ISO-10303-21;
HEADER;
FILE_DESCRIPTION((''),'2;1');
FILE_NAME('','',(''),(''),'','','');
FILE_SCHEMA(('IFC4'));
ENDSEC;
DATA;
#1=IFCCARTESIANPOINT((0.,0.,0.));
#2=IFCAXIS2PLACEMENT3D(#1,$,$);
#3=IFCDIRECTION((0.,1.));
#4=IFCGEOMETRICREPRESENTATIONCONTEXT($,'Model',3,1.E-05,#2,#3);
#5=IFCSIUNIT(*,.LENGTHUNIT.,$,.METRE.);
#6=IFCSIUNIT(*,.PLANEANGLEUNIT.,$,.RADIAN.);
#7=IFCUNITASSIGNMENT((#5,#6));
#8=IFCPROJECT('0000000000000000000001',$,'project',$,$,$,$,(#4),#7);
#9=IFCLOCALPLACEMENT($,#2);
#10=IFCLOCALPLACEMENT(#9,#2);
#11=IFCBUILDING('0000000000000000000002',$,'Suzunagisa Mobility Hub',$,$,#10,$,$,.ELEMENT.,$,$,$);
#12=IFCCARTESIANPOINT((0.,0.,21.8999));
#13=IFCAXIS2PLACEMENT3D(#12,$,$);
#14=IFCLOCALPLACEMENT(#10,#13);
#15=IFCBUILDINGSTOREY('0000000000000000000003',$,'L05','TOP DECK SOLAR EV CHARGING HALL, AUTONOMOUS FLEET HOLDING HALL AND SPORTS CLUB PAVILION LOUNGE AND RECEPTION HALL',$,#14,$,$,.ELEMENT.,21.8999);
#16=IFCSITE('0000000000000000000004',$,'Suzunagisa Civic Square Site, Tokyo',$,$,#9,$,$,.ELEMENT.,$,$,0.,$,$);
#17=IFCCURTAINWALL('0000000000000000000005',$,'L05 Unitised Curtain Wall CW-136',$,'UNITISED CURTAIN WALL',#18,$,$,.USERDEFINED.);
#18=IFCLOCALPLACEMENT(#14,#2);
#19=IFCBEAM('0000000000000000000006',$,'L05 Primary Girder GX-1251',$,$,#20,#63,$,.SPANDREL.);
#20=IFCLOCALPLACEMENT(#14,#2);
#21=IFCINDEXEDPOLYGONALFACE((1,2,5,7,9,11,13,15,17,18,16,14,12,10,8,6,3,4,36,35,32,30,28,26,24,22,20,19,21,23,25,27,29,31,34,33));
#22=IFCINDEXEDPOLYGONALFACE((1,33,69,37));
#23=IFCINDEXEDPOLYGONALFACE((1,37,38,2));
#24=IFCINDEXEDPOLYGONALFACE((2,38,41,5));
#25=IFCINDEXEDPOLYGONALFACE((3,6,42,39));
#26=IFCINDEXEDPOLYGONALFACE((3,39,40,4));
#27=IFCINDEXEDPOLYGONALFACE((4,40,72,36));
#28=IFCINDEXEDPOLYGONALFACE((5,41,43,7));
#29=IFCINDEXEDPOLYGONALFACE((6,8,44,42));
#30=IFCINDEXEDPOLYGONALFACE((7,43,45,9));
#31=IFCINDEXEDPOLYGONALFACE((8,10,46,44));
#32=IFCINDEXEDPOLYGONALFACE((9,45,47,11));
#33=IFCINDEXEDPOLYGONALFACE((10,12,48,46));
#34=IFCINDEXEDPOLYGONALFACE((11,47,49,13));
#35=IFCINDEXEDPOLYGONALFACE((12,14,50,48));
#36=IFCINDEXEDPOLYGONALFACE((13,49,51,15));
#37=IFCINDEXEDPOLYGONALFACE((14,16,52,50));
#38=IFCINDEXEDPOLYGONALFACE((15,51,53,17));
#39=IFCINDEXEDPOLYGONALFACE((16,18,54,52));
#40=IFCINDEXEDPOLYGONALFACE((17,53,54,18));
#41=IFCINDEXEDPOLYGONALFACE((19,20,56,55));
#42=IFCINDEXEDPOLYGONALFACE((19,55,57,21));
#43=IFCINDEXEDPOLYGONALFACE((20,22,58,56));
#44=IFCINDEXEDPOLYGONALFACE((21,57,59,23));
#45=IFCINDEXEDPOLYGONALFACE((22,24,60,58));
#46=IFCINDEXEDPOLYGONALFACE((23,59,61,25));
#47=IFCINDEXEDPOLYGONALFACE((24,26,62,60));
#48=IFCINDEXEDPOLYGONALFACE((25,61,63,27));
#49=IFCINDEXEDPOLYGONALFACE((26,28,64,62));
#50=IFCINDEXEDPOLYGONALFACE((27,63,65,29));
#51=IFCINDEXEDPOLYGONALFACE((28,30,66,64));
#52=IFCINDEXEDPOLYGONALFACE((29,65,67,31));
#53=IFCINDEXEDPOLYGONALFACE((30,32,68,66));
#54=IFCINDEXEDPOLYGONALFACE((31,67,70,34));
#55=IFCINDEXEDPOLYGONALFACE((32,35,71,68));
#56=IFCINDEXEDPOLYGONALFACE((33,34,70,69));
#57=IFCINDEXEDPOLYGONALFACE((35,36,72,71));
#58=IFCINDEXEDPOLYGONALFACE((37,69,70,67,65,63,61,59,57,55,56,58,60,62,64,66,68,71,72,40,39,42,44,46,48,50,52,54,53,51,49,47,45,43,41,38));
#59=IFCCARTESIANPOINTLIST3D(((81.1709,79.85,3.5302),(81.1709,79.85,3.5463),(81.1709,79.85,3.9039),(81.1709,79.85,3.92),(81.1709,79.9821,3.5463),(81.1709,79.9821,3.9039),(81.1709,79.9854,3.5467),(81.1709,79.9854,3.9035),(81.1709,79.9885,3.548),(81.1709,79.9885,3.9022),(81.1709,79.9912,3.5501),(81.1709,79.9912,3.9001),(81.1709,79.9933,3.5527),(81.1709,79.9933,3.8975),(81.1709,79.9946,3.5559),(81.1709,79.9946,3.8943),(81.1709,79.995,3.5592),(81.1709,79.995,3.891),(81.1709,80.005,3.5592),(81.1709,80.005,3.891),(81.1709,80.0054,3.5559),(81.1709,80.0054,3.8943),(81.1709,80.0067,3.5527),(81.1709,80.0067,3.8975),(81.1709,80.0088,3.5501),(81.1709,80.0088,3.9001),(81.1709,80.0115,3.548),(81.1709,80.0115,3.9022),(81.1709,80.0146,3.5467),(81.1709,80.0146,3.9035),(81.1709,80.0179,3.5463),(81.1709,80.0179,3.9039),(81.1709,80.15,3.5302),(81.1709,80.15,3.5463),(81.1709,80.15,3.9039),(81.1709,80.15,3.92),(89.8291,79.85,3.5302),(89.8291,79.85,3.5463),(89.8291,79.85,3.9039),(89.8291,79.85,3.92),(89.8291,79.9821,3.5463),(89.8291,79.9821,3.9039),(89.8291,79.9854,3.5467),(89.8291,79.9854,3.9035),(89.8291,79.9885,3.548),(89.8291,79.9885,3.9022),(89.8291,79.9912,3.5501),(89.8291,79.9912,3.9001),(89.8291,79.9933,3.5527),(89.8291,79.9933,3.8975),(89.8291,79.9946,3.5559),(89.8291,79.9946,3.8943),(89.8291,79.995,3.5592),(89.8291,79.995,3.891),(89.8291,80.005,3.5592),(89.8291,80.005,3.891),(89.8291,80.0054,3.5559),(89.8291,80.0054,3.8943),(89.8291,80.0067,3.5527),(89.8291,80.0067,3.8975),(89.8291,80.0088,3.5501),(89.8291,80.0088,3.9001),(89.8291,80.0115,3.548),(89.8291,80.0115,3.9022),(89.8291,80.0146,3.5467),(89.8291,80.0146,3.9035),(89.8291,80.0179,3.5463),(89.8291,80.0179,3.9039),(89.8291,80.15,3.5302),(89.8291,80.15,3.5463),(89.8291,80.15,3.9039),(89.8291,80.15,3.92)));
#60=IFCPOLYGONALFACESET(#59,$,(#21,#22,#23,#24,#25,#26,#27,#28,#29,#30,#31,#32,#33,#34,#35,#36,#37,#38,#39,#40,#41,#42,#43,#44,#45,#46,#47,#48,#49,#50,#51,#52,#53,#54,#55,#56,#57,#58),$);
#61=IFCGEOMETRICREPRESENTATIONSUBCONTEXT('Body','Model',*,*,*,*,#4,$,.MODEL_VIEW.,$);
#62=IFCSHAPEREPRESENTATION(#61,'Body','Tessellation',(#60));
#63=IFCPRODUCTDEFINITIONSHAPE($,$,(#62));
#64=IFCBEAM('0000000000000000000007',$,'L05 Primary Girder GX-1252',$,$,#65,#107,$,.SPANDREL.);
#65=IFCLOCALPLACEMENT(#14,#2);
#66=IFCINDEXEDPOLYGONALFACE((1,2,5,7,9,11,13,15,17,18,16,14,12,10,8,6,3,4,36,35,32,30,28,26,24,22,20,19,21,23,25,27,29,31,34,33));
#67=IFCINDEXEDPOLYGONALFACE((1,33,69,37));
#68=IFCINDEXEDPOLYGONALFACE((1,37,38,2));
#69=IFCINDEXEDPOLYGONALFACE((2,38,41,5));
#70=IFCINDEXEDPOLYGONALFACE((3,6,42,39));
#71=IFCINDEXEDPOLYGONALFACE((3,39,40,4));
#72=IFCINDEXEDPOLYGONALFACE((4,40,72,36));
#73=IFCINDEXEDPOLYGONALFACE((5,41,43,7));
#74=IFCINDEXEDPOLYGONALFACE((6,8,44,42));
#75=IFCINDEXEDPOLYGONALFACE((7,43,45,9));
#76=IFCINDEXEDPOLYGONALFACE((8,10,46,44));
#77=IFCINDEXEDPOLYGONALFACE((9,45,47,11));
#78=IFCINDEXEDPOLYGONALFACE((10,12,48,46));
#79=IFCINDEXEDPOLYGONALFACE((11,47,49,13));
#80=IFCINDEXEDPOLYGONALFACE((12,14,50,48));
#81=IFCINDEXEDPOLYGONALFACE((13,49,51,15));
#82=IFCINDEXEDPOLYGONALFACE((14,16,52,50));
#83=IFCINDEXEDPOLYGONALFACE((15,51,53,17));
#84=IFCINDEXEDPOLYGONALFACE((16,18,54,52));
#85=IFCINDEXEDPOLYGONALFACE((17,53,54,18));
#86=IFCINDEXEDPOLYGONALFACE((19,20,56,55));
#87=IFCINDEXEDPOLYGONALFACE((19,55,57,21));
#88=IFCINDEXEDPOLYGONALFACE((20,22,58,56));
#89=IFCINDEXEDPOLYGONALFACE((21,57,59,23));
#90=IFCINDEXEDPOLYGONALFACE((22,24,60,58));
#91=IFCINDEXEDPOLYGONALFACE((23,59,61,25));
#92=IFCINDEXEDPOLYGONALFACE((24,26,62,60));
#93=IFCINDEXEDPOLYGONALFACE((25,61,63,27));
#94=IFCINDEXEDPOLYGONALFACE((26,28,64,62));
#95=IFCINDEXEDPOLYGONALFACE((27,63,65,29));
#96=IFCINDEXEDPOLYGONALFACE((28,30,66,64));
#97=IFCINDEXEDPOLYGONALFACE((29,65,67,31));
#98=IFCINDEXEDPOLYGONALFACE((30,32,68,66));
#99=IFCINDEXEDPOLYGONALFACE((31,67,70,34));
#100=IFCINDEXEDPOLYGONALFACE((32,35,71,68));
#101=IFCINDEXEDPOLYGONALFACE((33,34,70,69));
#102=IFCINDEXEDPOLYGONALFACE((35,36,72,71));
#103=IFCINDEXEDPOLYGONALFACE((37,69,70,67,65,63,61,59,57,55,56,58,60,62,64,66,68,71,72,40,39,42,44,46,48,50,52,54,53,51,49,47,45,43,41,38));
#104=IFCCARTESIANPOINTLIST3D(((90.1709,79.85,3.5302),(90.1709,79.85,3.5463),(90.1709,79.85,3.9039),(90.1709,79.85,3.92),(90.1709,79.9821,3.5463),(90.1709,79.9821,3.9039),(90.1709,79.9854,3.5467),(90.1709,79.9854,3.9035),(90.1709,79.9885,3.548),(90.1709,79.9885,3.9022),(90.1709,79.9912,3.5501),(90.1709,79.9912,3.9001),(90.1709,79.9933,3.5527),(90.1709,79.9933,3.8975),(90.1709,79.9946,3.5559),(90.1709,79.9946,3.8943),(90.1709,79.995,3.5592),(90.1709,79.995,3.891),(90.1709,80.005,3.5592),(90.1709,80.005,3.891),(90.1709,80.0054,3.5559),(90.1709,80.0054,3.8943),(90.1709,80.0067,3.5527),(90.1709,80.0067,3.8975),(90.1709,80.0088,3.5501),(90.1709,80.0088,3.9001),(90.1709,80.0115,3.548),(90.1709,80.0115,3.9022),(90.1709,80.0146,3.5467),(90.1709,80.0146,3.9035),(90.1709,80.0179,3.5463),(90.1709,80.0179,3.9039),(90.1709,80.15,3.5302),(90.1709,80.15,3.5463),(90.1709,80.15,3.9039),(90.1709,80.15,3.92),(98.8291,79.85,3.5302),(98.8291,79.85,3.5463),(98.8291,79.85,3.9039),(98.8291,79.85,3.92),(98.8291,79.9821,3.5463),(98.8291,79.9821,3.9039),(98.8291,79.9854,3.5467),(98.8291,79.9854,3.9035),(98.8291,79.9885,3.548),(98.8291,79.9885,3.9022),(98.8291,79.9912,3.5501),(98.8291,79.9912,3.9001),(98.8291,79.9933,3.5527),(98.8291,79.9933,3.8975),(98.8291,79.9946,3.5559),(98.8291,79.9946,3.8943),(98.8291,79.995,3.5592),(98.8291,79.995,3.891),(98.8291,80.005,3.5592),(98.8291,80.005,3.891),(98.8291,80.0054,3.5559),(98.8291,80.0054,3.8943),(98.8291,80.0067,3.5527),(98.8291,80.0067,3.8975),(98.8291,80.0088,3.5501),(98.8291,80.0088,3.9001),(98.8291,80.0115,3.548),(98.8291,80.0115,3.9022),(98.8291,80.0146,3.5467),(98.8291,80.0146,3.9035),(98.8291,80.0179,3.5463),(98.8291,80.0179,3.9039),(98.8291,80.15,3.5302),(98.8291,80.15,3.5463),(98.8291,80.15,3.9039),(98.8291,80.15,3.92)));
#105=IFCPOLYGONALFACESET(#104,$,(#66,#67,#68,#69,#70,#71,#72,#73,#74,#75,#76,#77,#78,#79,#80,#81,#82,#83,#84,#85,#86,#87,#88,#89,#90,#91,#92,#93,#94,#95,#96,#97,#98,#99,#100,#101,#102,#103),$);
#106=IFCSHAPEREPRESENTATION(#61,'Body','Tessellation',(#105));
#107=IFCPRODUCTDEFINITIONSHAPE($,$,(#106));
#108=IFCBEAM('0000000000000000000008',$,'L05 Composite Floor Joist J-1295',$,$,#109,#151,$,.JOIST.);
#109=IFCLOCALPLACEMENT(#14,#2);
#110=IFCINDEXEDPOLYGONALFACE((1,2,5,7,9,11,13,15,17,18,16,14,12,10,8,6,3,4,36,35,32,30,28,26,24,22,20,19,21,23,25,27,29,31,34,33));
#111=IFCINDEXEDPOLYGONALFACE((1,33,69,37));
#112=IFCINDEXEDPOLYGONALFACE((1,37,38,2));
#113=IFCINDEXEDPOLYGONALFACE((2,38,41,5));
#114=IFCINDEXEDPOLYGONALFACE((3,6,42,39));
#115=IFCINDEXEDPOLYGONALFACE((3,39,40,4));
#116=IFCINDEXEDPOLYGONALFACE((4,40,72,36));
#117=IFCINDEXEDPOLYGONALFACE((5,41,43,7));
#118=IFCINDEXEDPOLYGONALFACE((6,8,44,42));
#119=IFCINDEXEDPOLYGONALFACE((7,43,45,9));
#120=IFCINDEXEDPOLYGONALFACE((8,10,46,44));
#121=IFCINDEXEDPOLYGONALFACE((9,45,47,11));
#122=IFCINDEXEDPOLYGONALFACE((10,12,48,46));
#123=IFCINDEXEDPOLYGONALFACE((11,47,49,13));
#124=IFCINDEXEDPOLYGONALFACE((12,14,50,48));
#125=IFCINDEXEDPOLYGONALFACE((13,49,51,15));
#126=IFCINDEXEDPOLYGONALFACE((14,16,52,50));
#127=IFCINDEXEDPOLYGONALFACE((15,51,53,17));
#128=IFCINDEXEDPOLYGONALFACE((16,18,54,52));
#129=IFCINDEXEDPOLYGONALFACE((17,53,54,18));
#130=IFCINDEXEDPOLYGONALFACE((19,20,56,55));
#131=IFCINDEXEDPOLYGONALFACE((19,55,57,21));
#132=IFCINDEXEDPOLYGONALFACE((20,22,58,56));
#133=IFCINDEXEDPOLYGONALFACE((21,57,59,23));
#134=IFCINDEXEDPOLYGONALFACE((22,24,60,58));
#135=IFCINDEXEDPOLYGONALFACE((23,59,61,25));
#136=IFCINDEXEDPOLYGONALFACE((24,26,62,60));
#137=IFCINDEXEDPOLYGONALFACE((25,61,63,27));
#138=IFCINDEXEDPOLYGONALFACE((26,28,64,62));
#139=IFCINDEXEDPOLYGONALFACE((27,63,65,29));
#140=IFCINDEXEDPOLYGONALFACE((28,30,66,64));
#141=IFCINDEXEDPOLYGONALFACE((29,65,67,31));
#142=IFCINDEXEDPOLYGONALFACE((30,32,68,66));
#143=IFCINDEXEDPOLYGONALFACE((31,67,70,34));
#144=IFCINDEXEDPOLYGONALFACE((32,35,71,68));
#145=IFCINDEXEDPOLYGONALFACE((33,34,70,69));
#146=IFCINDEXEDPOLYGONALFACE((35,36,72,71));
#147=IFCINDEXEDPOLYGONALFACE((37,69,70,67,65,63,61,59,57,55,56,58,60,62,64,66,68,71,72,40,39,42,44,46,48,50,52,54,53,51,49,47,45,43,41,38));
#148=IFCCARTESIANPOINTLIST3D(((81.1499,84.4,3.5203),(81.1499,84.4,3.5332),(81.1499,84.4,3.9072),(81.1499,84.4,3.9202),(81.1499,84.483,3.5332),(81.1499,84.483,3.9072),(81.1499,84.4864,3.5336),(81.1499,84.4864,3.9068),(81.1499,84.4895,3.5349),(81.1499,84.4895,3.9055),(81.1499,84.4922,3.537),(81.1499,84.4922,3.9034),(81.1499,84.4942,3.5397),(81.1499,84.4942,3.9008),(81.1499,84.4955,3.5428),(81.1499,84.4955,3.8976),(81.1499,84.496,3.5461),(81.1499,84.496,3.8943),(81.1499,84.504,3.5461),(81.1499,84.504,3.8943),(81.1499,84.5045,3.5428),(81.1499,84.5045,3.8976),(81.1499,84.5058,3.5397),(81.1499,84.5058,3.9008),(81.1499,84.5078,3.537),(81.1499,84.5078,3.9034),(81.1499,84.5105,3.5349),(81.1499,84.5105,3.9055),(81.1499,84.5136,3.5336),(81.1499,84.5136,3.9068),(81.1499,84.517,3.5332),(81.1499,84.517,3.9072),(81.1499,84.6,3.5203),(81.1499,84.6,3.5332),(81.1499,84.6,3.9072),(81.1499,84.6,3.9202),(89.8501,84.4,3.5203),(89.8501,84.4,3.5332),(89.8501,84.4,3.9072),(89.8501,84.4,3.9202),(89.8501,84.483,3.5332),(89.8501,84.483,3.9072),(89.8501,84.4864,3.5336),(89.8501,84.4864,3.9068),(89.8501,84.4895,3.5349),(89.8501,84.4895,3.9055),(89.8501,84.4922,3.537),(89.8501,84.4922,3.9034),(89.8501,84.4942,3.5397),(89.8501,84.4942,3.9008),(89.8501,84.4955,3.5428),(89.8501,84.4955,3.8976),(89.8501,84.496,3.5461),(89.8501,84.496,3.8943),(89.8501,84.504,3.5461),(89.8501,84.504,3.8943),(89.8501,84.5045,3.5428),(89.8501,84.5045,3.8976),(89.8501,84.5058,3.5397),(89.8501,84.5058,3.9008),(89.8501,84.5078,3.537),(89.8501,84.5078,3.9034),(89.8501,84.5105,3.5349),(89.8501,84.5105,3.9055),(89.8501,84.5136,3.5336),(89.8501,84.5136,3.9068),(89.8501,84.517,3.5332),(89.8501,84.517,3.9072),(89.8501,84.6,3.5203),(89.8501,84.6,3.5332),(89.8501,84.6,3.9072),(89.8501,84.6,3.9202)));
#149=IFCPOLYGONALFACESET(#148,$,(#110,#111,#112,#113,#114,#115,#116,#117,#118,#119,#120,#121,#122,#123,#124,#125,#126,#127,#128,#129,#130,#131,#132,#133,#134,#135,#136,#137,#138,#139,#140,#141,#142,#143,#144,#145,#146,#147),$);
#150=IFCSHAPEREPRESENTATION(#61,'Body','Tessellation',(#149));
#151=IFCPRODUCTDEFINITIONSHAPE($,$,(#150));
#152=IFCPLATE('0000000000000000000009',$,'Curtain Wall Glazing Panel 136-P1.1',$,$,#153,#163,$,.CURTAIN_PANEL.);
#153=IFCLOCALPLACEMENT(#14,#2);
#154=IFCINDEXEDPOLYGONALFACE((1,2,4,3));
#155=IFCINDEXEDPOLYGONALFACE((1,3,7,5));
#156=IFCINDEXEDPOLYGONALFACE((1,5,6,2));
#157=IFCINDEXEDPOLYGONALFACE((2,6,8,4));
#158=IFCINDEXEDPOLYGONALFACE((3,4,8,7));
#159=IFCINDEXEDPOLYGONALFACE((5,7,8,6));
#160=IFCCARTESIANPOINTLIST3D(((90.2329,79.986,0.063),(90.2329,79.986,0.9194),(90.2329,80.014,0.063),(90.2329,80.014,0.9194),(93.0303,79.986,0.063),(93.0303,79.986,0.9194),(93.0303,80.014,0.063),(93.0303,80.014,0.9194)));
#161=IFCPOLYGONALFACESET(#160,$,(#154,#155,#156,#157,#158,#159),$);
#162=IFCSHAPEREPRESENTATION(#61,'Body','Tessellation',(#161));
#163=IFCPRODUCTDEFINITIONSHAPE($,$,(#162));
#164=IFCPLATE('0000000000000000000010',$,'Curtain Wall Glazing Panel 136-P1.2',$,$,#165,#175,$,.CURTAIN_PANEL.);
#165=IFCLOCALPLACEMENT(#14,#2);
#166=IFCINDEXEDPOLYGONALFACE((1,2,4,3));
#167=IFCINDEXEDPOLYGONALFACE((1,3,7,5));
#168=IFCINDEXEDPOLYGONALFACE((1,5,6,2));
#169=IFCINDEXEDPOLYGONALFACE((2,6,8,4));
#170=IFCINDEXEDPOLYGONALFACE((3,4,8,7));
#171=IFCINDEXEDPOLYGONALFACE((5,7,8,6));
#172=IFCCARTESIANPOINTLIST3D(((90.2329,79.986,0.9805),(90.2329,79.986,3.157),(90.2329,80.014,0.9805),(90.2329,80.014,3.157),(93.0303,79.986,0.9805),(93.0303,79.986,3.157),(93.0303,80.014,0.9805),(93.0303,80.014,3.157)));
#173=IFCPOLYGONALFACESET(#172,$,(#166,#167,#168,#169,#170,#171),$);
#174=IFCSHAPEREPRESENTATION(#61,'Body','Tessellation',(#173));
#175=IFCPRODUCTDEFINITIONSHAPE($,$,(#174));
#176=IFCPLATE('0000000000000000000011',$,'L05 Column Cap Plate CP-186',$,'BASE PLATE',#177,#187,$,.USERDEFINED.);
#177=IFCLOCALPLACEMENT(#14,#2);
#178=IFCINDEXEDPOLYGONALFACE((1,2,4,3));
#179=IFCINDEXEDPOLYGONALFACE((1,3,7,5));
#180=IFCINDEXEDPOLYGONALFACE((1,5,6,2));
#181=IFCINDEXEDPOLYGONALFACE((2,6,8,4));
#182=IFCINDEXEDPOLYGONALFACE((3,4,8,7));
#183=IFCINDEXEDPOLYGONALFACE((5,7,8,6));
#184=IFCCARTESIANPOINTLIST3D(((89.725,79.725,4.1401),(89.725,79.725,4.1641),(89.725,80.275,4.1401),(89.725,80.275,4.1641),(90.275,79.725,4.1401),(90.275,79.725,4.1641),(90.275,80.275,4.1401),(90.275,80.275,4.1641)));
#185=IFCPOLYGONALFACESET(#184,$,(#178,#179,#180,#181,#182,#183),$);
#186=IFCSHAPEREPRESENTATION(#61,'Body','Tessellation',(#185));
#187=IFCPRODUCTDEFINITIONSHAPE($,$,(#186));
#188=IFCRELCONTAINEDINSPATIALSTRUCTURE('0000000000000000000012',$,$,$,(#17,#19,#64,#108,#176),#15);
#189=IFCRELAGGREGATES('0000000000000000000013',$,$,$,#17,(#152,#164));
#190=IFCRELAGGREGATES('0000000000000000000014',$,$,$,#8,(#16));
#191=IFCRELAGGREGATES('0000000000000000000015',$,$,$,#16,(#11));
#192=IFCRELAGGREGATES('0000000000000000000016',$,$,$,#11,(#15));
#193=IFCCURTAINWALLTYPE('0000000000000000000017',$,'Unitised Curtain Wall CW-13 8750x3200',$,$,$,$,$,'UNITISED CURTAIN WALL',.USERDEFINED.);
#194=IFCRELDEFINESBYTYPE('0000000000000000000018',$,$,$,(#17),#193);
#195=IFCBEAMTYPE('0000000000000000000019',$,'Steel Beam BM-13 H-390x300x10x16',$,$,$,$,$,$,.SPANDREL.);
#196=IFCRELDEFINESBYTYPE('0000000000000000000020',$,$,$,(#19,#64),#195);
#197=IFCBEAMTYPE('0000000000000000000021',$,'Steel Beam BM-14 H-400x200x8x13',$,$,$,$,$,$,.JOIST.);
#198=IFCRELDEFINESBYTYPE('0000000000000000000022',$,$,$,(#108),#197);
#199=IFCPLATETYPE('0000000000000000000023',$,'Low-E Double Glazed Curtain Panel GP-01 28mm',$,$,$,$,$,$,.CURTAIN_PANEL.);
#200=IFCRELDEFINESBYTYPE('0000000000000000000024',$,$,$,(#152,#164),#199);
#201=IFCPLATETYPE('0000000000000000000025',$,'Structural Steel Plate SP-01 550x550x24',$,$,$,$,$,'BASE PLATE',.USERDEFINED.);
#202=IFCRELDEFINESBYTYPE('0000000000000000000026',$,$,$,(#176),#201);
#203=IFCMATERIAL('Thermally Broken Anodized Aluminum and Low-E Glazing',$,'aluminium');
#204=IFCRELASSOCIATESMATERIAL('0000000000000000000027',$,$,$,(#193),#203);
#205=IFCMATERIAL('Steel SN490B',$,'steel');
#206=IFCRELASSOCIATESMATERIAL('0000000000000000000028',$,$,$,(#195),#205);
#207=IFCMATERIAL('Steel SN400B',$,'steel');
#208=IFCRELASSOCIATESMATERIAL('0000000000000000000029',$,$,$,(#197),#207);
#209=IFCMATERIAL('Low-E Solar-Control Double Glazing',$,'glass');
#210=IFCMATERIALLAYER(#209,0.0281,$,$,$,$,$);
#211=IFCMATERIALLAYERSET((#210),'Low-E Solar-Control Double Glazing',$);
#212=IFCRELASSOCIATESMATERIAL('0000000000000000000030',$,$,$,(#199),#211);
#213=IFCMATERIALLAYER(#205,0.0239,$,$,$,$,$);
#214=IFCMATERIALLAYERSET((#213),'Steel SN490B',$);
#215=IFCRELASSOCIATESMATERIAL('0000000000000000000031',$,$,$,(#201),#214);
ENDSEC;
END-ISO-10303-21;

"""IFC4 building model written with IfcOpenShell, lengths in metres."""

from ifc_helpers import new_model, si_unit, direction, frame, origin, origin_2d, place, context, subcontext, project, spatial, rectangle, i_section, extrude, material, layer, layer_set, material_profile, profile_set, type_object, element, aggregate, save


model = new_model("IFC4")

# Units and contexts
model_context = context("Model", 3, precision=1e-05, world=origin(), true_north=direction((0.0, 1.0)))
body_context = subcontext(model_context, "Body", "Model", "MODEL_VIEW")
ifc_project = project(units=[si_unit("LENGTHUNIT", "METRE"), si_unit("PLANEANGLEUNIT", "RADIAN")], contexts=[model_context])

# Site, building, storey
site_placement = place(None, origin())
site = spatial("IfcSite", under=ifc_project, at=site_placement, Name="Suzunagisa Civic Square Site, Tokyo", CompositionType="ELEMENT", RefElevation=0.0)
building_placement = place(site_placement, origin())
building = spatial("IfcBuilding", under=site, at=building_placement, Name="Suzunagisa Mobility Hub", CompositionType="ELEMENT")
storey_placement = place(building_placement, frame((0.0, 0.0, 21.8999)))
storey = spatial("IfcBuildingStorey", under=building, at=storey_placement, Name="L05", Description="TOP DECK SOLAR EV CHARGING HALL, AUTONOMOUS FLEET HOLDING HALL AND SPORTS CLUB PAVILION LOUNGE AND RECEPTION HALL", CompositionType="ELEMENT", Elevation=21.8999)

# Shared definitions
ifc_material_1 = material(Name="Steel SN490B", Category="steel")

# Curtain wall
ifc_material_2 = material(Name="Thermally Broken Anodized Aluminum and Low-E Glazing", Category="aluminium")
curtain_wall_type = type_object("IfcCurtainWallType", Name="Unitised Curtain Wall CW-13 8750x3200", ElementType="UNITISED CURTAIN WALL", PredefinedType="USERDEFINED", material=ifc_material_2)
curtain_wall_placement = place(storey_placement, origin())
curtain_wall = element("IfcCurtainWall", 1, at=curtain_wall_placement, inside=storey, type_object=curtain_wall_type, Name="L05 Unitised Curtain Wall CW-136", ObjectType="UNITISED CURTAIN WALL", PredefinedType="USERDEFINED")

# Beams
ifc_material_profile_1 = material_profile(ifc_material_1, i_section(OverallWidth=0.3, OverallDepth=0.3899, WebThickness=0.01, FlangeThickness=0.0161, FilletRadius=0.0129, at=origin_2d()), Name="H-390x300x10x16")
ifc_profile_set_1 = profile_set([ifc_material_profile_1], Name="Steel SN490B")
beam_type_1 = type_object("IfcBeamType", Name="Steel Beam BM-13 H-390x300x10x16", PredefinedType="SPANDREL", material=ifc_profile_set_1)
for number, where, z_axis, x_axis, name in (
    (2, (81.1709, 80.0, 3.7251), (1.0, 0.0, 0.0), (0.0, 1.0, 0.0), "L05 Primary Girder GX-1251"),
    (3, (90.1709, 80.0, 3.7251), (1.0, 0.0, 0.0), (0.0, 1.0, 0.0), "L05 Primary Girder GX-1252"),
):
    element("IfcBeam", number, at=place(storey_placement, frame(where, z_axis=z_axis, x_axis=x_axis)), inside=storey, type_object=beam_type_1, Name=name, PredefinedType="SPANDREL", context=body_context, shape_type="SweptSolid", body=[
        extrude(i_section(OverallWidth=0.3, OverallDepth=0.3899, WebThickness=0.01, FlangeThickness=0.0161, FilletRadius=0.0129, at=origin_2d()), origin(), (0.0, 0.0, 1.0), 8.6582),
    ])
ifc_material_3 = material(Name="Steel SN400B", Category="steel")
ifc_material_profile_2 = material_profile(ifc_material_3, i_section(OverallWidth=0.2, OverallDepth=0.3999, WebThickness=0.0081, FlangeThickness=0.0129, FilletRadius=0.0129, at=origin_2d()), Name="H-400x200x8x13")
ifc_profile_set_2 = profile_set([ifc_material_profile_2], Name="Steel SN400B")
beam_type_2 = type_object("IfcBeamType", Name="Steel Beam BM-14 H-400x200x8x13", PredefinedType="JOIST", material=ifc_profile_set_2)
beam_1_placement = place(storey_placement, frame((81.1499, 84.5, 3.7202), z_axis=(1.0, 0.0, 0.0), x_axis=(0.0, 1.0, 0.0)))
element("IfcBeam", 4, at=beam_1_placement, inside=storey, type_object=beam_type_2, Name="L05 Composite Floor Joist J-1295", PredefinedType="JOIST", context=body_context, shape_type="SweptSolid", body=[
    extrude(i_section(OverallWidth=0.2, OverallDepth=0.3999, WebThickness=0.0081, FlangeThickness=0.0129, FilletRadius=0.0129, at=origin_2d()), origin(), (0.0, 0.0, 1.0), 8.7002),
])

# Plates
ifc_material_4 = material(Name="Low-E Solar-Control Double Glazing", Category="glass")
ifc_layer_1 = layer(ifc_material_4, 0.0281)
ifc_layer_set_1 = layer_set([ifc_layer_1], Name="Low-E Solar-Control Double Glazing")
plate_type_1 = type_object("IfcPlateType", Name="Low-E Double Glazed Curtain Panel GP-01 28mm", PredefinedType="CURTAIN_PANEL", material=ifc_layer_set_1)
plate_1_placement = place(storey_placement, frame((91.6316, 80.0, 0.063), z_axis=(0.0, 0.0, 1.0), x_axis=(1.0, 0.0, 0.0)))
plate_1 = element("IfcPlate", 5, at=plate_1_placement, type_object=plate_type_1, Name="Curtain Wall Glazing Panel 136-P1.1", PredefinedType="CURTAIN_PANEL", context=body_context, shape_type="SweptSolid", body=[
    extrude(rectangle(XDim=2.7974, YDim=0.0281, at=origin_2d()), origin(), (0.0, 0.0, 1.0), 0.8564),
])
plate_2_placement = place(storey_placement, frame((91.6316, 80.0, 0.9805), z_axis=(0.0, 0.0, 1.0), x_axis=(1.0, 0.0, 0.0)))
plate_2 = element("IfcPlate", 6, at=plate_2_placement, type_object=plate_type_1, Name="Curtain Wall Glazing Panel 136-P1.2", PredefinedType="CURTAIN_PANEL", context=body_context, shape_type="SweptSolid", body=[
    extrude(rectangle(XDim=2.7974, YDim=0.0281, at=origin_2d()), origin(), (0.0, 0.0, 1.0), 2.1765),
])
aggregate(curtain_wall, [plate_1, plate_2])
ifc_layer_2 = layer(ifc_material_1, 0.0239)
ifc_layer_set_2 = layer_set([ifc_layer_2], Name="Steel SN490B")
plate_type_2 = type_object("IfcPlateType", Name="Structural Steel Plate SP-01 550x550x24", ElementType="BASE PLATE", PredefinedType="USERDEFINED", material=ifc_layer_set_2)
plate_3_placement = place(storey_placement, frame((90.0, 80.0, 4.1401), z_axis=(0.0, 0.0, 1.0), x_axis=(1.0, 0.0, 0.0)))
element("IfcPlate", 7, at=plate_3_placement, inside=storey, type_object=plate_type_2, Name="L05 Column Cap Plate CP-186", ObjectType="BASE PLATE", PredefinedType="USERDEFINED", context=body_context, shape_type="SweptSolid", body=[
    extrude(rectangle(XDim=0.55, YDim=0.55, at=origin_2d()), origin(), (0.0, 0.0, 1.0), 0.0239),
])

save(model, "model.ifc")
